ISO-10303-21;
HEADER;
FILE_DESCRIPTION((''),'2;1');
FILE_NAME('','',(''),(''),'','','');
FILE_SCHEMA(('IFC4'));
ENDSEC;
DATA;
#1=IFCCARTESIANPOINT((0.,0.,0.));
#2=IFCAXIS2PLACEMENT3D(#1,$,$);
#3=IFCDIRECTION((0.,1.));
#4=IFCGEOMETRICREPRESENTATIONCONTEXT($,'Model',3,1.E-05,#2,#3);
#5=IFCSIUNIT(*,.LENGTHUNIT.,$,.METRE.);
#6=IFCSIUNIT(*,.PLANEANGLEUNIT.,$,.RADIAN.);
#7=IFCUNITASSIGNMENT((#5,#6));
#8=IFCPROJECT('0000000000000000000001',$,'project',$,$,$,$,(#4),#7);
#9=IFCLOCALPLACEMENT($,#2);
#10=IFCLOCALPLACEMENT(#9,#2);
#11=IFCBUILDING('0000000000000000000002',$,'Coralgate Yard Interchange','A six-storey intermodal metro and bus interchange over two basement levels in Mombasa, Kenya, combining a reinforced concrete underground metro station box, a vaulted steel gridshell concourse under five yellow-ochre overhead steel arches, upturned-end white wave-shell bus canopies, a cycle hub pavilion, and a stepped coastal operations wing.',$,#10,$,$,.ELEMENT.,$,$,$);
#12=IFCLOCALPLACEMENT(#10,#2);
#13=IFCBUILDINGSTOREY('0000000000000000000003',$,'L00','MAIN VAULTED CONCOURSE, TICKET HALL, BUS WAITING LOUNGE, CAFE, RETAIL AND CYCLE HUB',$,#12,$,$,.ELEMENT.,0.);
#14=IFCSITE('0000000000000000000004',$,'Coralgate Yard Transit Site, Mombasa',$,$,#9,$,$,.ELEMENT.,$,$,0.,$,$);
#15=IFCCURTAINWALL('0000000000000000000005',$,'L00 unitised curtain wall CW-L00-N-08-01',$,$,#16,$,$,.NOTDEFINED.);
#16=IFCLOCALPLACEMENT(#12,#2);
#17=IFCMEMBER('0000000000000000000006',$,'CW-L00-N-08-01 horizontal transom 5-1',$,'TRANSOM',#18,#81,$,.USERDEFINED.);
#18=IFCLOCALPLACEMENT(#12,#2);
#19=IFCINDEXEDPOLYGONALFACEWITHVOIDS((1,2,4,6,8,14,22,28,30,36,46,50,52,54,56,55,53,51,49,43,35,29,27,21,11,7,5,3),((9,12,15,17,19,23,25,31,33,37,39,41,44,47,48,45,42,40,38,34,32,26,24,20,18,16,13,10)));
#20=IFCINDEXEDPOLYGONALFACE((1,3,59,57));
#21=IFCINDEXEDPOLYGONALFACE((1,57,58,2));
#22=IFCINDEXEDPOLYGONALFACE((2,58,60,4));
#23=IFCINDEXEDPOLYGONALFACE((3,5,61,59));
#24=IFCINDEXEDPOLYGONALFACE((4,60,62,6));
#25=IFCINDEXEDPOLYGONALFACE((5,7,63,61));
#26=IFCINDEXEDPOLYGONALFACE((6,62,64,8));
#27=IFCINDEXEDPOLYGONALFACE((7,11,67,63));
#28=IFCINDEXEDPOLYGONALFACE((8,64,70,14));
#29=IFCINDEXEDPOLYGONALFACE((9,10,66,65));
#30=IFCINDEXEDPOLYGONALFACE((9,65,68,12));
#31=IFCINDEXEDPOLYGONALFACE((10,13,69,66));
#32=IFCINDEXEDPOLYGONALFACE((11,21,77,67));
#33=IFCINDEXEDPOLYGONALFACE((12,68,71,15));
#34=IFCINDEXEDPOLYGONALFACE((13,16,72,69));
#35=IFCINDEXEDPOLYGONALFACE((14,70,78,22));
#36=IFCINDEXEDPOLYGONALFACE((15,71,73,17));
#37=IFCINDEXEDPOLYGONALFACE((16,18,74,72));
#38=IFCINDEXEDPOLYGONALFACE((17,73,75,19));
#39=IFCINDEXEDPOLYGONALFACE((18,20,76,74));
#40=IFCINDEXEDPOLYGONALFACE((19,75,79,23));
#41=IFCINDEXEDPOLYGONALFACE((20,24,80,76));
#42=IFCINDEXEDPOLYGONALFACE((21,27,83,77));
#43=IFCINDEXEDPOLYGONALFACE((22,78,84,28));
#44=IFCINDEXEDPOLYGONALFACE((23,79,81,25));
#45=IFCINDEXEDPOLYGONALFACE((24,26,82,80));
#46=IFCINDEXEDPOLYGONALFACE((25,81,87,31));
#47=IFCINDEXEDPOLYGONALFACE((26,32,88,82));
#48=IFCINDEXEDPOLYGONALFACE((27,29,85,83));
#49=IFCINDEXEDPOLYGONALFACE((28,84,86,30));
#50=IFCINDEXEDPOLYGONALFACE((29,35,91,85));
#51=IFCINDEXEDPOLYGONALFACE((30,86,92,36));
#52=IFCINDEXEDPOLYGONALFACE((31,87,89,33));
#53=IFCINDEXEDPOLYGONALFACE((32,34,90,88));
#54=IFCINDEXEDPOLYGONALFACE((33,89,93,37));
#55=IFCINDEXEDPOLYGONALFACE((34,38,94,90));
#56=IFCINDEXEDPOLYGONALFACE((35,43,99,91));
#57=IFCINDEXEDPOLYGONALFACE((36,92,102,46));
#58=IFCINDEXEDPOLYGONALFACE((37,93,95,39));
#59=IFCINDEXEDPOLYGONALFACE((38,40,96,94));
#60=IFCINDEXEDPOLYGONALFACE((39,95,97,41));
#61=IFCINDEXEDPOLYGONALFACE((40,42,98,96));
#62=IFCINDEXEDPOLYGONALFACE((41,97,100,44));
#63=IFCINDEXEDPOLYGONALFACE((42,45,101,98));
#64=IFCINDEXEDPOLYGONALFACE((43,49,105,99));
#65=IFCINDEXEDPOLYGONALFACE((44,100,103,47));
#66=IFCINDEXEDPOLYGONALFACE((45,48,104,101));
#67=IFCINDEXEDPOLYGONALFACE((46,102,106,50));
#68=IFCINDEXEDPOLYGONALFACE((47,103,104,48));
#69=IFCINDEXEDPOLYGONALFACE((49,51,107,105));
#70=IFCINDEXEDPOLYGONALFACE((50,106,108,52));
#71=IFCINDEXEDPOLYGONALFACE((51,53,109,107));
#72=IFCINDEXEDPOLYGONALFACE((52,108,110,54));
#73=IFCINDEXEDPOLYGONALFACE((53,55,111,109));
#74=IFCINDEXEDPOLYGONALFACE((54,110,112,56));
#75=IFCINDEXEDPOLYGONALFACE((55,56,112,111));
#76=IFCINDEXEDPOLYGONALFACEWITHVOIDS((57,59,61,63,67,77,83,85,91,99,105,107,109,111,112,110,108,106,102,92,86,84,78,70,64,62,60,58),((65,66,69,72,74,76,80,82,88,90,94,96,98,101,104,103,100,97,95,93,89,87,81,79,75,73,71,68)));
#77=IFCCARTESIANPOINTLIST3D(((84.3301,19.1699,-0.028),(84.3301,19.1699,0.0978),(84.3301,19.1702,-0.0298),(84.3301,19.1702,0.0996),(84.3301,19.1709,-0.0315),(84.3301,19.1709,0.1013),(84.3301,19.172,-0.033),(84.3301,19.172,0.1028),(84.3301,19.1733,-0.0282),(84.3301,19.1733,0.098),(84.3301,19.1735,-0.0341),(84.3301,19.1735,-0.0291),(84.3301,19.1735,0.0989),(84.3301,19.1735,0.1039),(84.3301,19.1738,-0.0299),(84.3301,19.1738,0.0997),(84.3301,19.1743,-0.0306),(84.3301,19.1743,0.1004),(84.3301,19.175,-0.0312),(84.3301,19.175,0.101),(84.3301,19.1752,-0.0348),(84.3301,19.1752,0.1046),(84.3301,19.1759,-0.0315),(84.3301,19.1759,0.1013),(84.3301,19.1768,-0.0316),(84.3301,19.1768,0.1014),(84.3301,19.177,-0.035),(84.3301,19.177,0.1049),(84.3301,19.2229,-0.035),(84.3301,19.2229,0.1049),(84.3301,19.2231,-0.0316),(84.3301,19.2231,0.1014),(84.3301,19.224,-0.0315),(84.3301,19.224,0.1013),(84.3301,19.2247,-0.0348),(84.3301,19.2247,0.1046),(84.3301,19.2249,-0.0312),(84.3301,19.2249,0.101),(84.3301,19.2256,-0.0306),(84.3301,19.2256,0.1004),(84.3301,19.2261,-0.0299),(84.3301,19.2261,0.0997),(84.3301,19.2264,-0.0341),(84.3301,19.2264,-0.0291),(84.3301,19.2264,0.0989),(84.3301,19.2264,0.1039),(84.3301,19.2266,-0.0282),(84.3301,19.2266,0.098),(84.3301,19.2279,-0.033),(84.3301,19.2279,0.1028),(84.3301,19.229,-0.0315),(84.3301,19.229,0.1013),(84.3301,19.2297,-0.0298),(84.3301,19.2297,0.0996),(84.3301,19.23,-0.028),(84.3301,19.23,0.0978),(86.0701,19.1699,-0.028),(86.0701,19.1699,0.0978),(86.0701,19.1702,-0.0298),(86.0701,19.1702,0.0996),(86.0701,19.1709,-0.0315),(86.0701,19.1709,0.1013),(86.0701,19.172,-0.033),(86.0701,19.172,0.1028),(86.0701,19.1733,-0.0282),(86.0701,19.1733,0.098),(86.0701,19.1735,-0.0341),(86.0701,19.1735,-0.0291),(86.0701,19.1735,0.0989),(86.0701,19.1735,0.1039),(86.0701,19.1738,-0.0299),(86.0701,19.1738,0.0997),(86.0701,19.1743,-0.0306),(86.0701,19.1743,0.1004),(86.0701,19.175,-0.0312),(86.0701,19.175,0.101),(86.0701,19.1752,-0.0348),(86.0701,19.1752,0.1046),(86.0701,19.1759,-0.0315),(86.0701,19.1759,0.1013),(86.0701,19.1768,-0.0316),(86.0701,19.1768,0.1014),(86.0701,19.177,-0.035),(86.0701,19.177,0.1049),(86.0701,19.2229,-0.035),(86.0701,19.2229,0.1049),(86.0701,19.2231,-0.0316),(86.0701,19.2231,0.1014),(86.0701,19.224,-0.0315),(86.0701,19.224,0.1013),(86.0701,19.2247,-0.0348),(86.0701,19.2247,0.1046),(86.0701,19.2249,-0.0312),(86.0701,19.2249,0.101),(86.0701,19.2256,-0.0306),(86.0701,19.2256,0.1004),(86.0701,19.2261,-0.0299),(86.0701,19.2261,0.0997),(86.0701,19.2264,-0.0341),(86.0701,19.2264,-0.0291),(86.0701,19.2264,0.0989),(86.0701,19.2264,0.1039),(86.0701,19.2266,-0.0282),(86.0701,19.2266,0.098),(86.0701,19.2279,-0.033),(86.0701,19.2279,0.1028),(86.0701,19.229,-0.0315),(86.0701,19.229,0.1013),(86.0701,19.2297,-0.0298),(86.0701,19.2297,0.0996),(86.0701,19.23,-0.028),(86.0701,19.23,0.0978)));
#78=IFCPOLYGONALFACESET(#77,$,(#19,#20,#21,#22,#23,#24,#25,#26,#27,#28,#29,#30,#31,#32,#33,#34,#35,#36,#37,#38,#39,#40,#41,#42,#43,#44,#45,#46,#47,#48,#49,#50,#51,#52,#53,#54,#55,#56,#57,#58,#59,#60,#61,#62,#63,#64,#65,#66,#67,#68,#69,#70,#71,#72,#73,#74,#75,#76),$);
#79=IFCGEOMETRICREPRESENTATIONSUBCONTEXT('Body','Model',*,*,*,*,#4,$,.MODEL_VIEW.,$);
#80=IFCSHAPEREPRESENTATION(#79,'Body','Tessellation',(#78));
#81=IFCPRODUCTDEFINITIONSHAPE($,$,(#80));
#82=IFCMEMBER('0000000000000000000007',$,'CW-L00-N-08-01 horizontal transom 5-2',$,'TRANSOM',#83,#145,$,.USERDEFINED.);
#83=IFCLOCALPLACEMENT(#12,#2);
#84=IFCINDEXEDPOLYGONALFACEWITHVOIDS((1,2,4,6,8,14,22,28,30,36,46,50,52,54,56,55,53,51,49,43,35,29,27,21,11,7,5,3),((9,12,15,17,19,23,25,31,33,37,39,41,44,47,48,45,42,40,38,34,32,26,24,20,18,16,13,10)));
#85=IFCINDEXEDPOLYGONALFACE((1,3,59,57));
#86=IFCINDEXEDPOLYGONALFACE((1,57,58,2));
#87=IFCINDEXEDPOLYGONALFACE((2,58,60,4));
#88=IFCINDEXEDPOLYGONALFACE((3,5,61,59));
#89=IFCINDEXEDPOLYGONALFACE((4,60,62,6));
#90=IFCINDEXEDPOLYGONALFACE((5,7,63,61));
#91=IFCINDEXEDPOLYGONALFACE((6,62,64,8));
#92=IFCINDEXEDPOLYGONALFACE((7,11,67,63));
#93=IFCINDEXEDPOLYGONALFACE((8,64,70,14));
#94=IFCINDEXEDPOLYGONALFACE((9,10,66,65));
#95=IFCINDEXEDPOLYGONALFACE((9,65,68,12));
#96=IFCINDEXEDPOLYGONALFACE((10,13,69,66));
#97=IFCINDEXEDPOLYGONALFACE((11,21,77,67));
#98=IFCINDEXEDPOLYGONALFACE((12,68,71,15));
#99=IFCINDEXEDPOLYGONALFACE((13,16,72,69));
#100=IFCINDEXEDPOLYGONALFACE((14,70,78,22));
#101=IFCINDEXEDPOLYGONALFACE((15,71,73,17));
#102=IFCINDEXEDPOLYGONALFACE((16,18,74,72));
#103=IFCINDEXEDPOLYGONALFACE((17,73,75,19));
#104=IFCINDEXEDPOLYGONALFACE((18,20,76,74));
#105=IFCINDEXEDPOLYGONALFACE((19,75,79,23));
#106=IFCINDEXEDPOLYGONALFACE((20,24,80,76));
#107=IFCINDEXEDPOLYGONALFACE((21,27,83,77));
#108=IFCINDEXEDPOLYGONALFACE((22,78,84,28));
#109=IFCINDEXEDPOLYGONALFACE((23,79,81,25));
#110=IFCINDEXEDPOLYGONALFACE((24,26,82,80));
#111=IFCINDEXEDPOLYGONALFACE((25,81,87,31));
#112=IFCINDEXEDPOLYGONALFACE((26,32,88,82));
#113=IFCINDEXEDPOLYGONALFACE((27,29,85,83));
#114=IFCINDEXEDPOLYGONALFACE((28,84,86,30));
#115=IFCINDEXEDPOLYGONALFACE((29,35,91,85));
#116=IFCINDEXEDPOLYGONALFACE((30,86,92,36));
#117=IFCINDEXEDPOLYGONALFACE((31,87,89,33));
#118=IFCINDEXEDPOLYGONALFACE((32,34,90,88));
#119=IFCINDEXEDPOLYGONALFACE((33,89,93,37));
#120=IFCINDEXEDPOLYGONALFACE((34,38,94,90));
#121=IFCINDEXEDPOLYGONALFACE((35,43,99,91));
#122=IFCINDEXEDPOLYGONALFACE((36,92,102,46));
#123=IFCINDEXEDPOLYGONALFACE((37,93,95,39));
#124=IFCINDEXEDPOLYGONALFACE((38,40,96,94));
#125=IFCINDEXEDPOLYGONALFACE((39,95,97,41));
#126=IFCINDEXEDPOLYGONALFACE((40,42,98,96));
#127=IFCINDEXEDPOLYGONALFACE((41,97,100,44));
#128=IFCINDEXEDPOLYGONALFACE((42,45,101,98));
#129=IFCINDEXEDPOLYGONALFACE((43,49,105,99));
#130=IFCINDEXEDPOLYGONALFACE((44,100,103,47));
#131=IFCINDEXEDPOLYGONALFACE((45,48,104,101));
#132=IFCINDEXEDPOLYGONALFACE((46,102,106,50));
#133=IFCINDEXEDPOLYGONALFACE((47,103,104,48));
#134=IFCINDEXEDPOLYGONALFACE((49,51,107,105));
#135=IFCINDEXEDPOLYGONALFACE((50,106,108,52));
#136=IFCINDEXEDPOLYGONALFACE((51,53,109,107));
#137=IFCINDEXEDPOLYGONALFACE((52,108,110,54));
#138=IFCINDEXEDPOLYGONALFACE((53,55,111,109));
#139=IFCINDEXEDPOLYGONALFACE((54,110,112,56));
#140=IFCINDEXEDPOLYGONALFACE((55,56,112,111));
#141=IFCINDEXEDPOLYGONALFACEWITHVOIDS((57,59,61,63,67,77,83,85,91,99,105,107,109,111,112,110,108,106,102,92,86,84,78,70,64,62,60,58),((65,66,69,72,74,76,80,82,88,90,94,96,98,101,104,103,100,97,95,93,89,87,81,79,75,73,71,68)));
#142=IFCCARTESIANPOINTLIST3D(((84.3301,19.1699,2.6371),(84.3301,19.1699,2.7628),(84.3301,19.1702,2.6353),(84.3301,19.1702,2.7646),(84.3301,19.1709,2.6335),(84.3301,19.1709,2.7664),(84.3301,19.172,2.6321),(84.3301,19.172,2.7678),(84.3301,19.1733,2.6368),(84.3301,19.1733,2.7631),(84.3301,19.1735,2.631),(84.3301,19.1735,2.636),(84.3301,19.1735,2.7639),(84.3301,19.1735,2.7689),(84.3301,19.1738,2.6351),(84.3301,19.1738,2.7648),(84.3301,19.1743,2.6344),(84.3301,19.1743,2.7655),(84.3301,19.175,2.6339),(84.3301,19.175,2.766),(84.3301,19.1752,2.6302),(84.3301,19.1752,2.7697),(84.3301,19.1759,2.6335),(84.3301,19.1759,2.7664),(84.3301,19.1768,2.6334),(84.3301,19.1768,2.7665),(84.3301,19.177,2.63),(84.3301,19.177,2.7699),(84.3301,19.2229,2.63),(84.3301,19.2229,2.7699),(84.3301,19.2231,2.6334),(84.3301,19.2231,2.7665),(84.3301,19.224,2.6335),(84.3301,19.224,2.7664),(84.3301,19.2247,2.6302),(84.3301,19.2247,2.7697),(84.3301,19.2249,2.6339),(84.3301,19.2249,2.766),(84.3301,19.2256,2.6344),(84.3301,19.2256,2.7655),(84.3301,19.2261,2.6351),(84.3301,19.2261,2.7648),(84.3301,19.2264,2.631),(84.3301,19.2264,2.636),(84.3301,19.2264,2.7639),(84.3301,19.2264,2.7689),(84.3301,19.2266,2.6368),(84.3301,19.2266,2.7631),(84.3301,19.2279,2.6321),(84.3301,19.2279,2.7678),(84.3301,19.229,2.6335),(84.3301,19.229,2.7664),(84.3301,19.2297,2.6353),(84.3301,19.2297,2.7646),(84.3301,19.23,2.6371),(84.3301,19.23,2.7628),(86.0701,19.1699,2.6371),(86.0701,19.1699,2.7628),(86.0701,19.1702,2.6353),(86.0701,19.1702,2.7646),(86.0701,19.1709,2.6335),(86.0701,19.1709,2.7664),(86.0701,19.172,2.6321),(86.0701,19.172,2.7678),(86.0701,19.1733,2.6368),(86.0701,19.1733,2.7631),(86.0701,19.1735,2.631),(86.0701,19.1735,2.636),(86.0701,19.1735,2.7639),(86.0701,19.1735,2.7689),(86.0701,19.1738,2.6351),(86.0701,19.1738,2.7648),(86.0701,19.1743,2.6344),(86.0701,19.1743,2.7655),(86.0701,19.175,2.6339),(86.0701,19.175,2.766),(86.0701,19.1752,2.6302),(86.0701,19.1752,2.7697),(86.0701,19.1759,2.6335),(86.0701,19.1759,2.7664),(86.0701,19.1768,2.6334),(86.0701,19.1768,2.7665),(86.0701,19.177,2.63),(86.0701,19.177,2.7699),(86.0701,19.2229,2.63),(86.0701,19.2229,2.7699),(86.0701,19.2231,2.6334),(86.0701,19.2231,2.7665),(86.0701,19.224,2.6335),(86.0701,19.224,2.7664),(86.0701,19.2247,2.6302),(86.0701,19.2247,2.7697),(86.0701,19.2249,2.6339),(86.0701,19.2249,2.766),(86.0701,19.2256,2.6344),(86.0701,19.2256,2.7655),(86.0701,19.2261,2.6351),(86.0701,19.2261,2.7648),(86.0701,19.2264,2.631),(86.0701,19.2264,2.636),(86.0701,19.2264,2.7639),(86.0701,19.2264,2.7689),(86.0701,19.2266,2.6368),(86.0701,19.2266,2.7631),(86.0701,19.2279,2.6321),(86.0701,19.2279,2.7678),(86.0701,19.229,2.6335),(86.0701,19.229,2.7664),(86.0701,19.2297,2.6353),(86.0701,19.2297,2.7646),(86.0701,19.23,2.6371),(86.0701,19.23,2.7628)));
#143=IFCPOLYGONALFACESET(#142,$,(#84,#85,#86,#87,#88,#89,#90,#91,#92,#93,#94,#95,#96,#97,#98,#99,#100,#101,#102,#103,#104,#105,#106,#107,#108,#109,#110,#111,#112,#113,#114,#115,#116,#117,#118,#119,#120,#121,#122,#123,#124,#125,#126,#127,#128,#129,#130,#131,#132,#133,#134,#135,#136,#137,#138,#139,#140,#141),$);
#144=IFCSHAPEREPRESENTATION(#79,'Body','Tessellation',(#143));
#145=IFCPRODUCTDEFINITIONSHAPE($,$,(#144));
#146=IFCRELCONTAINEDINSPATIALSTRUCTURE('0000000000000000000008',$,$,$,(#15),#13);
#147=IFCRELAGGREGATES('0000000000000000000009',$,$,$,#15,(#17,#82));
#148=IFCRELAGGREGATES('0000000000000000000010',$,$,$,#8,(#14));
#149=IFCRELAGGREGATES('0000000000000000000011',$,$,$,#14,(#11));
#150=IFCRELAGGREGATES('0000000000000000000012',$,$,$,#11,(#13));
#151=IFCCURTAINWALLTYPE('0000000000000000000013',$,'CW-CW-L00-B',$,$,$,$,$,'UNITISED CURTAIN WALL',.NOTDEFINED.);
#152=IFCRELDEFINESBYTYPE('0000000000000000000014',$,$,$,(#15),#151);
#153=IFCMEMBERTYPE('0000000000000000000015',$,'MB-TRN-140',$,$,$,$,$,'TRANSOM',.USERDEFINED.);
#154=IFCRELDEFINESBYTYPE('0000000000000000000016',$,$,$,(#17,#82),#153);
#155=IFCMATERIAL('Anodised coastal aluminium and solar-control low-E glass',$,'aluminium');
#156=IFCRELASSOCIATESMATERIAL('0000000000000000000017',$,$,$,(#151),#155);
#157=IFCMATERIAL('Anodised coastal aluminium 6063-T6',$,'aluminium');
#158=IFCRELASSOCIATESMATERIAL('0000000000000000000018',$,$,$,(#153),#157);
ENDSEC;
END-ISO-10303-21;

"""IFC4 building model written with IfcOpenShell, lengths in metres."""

from ifc_helpers import new_model, si_unit, direction, frame, origin, origin_2d, place, context, subcontext, project, spatial, hollow_rectangle, extrude, material, material_profile, profile_set, type_object, element, aggregate, save


model = new_model("IFC4")

# Units and contexts
model_context = context("Model", 3, precision=1e-05, world=origin(), true_north=direction((0.0, 1.0)))
body_context = subcontext(model_context, "Body", "Model", "MODEL_VIEW")
ifc_project = project(units=[si_unit("LENGTHUNIT", "METRE"), si_unit("PLANEANGLEUNIT", "RADIAN")], contexts=[model_context])

# Site, building, storey
site_placement = place(None, origin())
site = spatial("IfcSite", under=ifc_project, at=site_placement, Name="Coralgate Yard Transit Site, Mombasa", CompositionType="ELEMENT", RefElevation=0.0)
building_placement = place(site_placement, origin())
building = spatial("IfcBuilding", under=site, at=building_placement, Name="Coralgate Yard Interchange", Description="A six-storey intermodal metro and bus interchange over two basement levels in Mombasa, Kenya, combining a reinforced concrete underground metro station box, a vaulted steel gridshell concourse under five yellow-ochre overhead steel arches, upturned-end white wave-shell bus canopies, a cycle hub pavilion, and a stepped coastal operations wing.", CompositionType="ELEMENT")
storey_placement = place(building_placement, origin())
storey = spatial("IfcBuildingStorey", under=building, at=storey_placement, Name="L00", Description="MAIN VAULTED CONCOURSE, TICKET HALL, BUS WAITING LOUNGE, CAFE, RETAIL AND CYCLE HUB", CompositionType="ELEMENT", Elevation=0.0)

# Curtain wall
ifc_material_1 = material(Name="Anodised coastal aluminium and solar-control low-E glass", Category="aluminium")
curtain_wall_type_1 = type_object("IfcCurtainWallType", Name="CW-CW-L00-B", ElementType="UNITISED CURTAIN WALL", PredefinedType="NOTDEFINED", material=ifc_material_1)
curtain_wall_1_placement = place(storey_placement, origin())
curtain_wall_1 = element("IfcCurtainWall", 1, at=curtain_wall_1_placement, inside=storey, type_object=curtain_wall_type_1, Name="L00 unitised curtain wall CW-L00-N-08-01", PredefinedType="NOTDEFINED")
ifc_material_2 = material(Name="Anodised coastal aluminium 6063-T6", Category="aluminium")

# Members
ifc_material_profile_1 = material_profile(ifc_material_2, hollow_rectangle(XDim=0.0601, YDim=0.1399, WallThickness=0.0034, InnerFilletRadius=0.0034, OuterFilletRadius=0.0071, at=origin_2d()), Name="ALU 60x140x3.5")
ifc_profile_set_1 = profile_set([ifc_material_profile_1], Name="Anodised coastal aluminium 6063-T6")
member_type_1 = type_object("IfcMemberType", Name="MB-TRN-140", ElementType="TRANSOM", PredefinedType="USERDEFINED", material=ifc_profile_set_1)
member_1_placement = place(storey_placement, frame((84.3301, 19.2, 0.0349), z_axis=(1.0, 0.0, 0.0), x_axis=(0.0, 1.0, 0.0)))
member_1 = element("IfcMember", 2, at=member_1_placement, type_object=member_type_1, Name="CW-L00-N-08-01 horizontal transom 5-1", ObjectType="TRANSOM", PredefinedType="USERDEFINED", context=body_context, shape_type="SweptSolid", body=[
    extrude(hollow_rectangle(XDim=0.0601, YDim=0.1399, WallThickness=0.0034, InnerFilletRadius=0.0034, OuterFilletRadius=0.0071, at=origin_2d()), origin(), (0.0, 0.0, 1.0), 1.74),
])
member_2_placement = place(storey_placement, frame((84.3301, 19.2, 2.7), z_axis=(1.0, 0.0, 0.0), x_axis=(0.0, 1.0, 0.0)))
member_2 = element("IfcMember", 3, at=member_2_placement, type_object=member_type_1, Name="CW-L00-N-08-01 horizontal transom 5-2", ObjectType="TRANSOM", PredefinedType="USERDEFINED", context=body_context, shape_type="SweptSolid", body=[
    extrude(hollow_rectangle(XDim=0.0601, YDim=0.1399, WallThickness=0.0034, InnerFilletRadius=0.0034, OuterFilletRadius=0.0071, at=origin_2d()), origin(), (0.0, 0.0, 1.0), 1.74),
])

aggregate(curtain_wall_1, [member_1, member_2])

save(model, "model.ifc")
